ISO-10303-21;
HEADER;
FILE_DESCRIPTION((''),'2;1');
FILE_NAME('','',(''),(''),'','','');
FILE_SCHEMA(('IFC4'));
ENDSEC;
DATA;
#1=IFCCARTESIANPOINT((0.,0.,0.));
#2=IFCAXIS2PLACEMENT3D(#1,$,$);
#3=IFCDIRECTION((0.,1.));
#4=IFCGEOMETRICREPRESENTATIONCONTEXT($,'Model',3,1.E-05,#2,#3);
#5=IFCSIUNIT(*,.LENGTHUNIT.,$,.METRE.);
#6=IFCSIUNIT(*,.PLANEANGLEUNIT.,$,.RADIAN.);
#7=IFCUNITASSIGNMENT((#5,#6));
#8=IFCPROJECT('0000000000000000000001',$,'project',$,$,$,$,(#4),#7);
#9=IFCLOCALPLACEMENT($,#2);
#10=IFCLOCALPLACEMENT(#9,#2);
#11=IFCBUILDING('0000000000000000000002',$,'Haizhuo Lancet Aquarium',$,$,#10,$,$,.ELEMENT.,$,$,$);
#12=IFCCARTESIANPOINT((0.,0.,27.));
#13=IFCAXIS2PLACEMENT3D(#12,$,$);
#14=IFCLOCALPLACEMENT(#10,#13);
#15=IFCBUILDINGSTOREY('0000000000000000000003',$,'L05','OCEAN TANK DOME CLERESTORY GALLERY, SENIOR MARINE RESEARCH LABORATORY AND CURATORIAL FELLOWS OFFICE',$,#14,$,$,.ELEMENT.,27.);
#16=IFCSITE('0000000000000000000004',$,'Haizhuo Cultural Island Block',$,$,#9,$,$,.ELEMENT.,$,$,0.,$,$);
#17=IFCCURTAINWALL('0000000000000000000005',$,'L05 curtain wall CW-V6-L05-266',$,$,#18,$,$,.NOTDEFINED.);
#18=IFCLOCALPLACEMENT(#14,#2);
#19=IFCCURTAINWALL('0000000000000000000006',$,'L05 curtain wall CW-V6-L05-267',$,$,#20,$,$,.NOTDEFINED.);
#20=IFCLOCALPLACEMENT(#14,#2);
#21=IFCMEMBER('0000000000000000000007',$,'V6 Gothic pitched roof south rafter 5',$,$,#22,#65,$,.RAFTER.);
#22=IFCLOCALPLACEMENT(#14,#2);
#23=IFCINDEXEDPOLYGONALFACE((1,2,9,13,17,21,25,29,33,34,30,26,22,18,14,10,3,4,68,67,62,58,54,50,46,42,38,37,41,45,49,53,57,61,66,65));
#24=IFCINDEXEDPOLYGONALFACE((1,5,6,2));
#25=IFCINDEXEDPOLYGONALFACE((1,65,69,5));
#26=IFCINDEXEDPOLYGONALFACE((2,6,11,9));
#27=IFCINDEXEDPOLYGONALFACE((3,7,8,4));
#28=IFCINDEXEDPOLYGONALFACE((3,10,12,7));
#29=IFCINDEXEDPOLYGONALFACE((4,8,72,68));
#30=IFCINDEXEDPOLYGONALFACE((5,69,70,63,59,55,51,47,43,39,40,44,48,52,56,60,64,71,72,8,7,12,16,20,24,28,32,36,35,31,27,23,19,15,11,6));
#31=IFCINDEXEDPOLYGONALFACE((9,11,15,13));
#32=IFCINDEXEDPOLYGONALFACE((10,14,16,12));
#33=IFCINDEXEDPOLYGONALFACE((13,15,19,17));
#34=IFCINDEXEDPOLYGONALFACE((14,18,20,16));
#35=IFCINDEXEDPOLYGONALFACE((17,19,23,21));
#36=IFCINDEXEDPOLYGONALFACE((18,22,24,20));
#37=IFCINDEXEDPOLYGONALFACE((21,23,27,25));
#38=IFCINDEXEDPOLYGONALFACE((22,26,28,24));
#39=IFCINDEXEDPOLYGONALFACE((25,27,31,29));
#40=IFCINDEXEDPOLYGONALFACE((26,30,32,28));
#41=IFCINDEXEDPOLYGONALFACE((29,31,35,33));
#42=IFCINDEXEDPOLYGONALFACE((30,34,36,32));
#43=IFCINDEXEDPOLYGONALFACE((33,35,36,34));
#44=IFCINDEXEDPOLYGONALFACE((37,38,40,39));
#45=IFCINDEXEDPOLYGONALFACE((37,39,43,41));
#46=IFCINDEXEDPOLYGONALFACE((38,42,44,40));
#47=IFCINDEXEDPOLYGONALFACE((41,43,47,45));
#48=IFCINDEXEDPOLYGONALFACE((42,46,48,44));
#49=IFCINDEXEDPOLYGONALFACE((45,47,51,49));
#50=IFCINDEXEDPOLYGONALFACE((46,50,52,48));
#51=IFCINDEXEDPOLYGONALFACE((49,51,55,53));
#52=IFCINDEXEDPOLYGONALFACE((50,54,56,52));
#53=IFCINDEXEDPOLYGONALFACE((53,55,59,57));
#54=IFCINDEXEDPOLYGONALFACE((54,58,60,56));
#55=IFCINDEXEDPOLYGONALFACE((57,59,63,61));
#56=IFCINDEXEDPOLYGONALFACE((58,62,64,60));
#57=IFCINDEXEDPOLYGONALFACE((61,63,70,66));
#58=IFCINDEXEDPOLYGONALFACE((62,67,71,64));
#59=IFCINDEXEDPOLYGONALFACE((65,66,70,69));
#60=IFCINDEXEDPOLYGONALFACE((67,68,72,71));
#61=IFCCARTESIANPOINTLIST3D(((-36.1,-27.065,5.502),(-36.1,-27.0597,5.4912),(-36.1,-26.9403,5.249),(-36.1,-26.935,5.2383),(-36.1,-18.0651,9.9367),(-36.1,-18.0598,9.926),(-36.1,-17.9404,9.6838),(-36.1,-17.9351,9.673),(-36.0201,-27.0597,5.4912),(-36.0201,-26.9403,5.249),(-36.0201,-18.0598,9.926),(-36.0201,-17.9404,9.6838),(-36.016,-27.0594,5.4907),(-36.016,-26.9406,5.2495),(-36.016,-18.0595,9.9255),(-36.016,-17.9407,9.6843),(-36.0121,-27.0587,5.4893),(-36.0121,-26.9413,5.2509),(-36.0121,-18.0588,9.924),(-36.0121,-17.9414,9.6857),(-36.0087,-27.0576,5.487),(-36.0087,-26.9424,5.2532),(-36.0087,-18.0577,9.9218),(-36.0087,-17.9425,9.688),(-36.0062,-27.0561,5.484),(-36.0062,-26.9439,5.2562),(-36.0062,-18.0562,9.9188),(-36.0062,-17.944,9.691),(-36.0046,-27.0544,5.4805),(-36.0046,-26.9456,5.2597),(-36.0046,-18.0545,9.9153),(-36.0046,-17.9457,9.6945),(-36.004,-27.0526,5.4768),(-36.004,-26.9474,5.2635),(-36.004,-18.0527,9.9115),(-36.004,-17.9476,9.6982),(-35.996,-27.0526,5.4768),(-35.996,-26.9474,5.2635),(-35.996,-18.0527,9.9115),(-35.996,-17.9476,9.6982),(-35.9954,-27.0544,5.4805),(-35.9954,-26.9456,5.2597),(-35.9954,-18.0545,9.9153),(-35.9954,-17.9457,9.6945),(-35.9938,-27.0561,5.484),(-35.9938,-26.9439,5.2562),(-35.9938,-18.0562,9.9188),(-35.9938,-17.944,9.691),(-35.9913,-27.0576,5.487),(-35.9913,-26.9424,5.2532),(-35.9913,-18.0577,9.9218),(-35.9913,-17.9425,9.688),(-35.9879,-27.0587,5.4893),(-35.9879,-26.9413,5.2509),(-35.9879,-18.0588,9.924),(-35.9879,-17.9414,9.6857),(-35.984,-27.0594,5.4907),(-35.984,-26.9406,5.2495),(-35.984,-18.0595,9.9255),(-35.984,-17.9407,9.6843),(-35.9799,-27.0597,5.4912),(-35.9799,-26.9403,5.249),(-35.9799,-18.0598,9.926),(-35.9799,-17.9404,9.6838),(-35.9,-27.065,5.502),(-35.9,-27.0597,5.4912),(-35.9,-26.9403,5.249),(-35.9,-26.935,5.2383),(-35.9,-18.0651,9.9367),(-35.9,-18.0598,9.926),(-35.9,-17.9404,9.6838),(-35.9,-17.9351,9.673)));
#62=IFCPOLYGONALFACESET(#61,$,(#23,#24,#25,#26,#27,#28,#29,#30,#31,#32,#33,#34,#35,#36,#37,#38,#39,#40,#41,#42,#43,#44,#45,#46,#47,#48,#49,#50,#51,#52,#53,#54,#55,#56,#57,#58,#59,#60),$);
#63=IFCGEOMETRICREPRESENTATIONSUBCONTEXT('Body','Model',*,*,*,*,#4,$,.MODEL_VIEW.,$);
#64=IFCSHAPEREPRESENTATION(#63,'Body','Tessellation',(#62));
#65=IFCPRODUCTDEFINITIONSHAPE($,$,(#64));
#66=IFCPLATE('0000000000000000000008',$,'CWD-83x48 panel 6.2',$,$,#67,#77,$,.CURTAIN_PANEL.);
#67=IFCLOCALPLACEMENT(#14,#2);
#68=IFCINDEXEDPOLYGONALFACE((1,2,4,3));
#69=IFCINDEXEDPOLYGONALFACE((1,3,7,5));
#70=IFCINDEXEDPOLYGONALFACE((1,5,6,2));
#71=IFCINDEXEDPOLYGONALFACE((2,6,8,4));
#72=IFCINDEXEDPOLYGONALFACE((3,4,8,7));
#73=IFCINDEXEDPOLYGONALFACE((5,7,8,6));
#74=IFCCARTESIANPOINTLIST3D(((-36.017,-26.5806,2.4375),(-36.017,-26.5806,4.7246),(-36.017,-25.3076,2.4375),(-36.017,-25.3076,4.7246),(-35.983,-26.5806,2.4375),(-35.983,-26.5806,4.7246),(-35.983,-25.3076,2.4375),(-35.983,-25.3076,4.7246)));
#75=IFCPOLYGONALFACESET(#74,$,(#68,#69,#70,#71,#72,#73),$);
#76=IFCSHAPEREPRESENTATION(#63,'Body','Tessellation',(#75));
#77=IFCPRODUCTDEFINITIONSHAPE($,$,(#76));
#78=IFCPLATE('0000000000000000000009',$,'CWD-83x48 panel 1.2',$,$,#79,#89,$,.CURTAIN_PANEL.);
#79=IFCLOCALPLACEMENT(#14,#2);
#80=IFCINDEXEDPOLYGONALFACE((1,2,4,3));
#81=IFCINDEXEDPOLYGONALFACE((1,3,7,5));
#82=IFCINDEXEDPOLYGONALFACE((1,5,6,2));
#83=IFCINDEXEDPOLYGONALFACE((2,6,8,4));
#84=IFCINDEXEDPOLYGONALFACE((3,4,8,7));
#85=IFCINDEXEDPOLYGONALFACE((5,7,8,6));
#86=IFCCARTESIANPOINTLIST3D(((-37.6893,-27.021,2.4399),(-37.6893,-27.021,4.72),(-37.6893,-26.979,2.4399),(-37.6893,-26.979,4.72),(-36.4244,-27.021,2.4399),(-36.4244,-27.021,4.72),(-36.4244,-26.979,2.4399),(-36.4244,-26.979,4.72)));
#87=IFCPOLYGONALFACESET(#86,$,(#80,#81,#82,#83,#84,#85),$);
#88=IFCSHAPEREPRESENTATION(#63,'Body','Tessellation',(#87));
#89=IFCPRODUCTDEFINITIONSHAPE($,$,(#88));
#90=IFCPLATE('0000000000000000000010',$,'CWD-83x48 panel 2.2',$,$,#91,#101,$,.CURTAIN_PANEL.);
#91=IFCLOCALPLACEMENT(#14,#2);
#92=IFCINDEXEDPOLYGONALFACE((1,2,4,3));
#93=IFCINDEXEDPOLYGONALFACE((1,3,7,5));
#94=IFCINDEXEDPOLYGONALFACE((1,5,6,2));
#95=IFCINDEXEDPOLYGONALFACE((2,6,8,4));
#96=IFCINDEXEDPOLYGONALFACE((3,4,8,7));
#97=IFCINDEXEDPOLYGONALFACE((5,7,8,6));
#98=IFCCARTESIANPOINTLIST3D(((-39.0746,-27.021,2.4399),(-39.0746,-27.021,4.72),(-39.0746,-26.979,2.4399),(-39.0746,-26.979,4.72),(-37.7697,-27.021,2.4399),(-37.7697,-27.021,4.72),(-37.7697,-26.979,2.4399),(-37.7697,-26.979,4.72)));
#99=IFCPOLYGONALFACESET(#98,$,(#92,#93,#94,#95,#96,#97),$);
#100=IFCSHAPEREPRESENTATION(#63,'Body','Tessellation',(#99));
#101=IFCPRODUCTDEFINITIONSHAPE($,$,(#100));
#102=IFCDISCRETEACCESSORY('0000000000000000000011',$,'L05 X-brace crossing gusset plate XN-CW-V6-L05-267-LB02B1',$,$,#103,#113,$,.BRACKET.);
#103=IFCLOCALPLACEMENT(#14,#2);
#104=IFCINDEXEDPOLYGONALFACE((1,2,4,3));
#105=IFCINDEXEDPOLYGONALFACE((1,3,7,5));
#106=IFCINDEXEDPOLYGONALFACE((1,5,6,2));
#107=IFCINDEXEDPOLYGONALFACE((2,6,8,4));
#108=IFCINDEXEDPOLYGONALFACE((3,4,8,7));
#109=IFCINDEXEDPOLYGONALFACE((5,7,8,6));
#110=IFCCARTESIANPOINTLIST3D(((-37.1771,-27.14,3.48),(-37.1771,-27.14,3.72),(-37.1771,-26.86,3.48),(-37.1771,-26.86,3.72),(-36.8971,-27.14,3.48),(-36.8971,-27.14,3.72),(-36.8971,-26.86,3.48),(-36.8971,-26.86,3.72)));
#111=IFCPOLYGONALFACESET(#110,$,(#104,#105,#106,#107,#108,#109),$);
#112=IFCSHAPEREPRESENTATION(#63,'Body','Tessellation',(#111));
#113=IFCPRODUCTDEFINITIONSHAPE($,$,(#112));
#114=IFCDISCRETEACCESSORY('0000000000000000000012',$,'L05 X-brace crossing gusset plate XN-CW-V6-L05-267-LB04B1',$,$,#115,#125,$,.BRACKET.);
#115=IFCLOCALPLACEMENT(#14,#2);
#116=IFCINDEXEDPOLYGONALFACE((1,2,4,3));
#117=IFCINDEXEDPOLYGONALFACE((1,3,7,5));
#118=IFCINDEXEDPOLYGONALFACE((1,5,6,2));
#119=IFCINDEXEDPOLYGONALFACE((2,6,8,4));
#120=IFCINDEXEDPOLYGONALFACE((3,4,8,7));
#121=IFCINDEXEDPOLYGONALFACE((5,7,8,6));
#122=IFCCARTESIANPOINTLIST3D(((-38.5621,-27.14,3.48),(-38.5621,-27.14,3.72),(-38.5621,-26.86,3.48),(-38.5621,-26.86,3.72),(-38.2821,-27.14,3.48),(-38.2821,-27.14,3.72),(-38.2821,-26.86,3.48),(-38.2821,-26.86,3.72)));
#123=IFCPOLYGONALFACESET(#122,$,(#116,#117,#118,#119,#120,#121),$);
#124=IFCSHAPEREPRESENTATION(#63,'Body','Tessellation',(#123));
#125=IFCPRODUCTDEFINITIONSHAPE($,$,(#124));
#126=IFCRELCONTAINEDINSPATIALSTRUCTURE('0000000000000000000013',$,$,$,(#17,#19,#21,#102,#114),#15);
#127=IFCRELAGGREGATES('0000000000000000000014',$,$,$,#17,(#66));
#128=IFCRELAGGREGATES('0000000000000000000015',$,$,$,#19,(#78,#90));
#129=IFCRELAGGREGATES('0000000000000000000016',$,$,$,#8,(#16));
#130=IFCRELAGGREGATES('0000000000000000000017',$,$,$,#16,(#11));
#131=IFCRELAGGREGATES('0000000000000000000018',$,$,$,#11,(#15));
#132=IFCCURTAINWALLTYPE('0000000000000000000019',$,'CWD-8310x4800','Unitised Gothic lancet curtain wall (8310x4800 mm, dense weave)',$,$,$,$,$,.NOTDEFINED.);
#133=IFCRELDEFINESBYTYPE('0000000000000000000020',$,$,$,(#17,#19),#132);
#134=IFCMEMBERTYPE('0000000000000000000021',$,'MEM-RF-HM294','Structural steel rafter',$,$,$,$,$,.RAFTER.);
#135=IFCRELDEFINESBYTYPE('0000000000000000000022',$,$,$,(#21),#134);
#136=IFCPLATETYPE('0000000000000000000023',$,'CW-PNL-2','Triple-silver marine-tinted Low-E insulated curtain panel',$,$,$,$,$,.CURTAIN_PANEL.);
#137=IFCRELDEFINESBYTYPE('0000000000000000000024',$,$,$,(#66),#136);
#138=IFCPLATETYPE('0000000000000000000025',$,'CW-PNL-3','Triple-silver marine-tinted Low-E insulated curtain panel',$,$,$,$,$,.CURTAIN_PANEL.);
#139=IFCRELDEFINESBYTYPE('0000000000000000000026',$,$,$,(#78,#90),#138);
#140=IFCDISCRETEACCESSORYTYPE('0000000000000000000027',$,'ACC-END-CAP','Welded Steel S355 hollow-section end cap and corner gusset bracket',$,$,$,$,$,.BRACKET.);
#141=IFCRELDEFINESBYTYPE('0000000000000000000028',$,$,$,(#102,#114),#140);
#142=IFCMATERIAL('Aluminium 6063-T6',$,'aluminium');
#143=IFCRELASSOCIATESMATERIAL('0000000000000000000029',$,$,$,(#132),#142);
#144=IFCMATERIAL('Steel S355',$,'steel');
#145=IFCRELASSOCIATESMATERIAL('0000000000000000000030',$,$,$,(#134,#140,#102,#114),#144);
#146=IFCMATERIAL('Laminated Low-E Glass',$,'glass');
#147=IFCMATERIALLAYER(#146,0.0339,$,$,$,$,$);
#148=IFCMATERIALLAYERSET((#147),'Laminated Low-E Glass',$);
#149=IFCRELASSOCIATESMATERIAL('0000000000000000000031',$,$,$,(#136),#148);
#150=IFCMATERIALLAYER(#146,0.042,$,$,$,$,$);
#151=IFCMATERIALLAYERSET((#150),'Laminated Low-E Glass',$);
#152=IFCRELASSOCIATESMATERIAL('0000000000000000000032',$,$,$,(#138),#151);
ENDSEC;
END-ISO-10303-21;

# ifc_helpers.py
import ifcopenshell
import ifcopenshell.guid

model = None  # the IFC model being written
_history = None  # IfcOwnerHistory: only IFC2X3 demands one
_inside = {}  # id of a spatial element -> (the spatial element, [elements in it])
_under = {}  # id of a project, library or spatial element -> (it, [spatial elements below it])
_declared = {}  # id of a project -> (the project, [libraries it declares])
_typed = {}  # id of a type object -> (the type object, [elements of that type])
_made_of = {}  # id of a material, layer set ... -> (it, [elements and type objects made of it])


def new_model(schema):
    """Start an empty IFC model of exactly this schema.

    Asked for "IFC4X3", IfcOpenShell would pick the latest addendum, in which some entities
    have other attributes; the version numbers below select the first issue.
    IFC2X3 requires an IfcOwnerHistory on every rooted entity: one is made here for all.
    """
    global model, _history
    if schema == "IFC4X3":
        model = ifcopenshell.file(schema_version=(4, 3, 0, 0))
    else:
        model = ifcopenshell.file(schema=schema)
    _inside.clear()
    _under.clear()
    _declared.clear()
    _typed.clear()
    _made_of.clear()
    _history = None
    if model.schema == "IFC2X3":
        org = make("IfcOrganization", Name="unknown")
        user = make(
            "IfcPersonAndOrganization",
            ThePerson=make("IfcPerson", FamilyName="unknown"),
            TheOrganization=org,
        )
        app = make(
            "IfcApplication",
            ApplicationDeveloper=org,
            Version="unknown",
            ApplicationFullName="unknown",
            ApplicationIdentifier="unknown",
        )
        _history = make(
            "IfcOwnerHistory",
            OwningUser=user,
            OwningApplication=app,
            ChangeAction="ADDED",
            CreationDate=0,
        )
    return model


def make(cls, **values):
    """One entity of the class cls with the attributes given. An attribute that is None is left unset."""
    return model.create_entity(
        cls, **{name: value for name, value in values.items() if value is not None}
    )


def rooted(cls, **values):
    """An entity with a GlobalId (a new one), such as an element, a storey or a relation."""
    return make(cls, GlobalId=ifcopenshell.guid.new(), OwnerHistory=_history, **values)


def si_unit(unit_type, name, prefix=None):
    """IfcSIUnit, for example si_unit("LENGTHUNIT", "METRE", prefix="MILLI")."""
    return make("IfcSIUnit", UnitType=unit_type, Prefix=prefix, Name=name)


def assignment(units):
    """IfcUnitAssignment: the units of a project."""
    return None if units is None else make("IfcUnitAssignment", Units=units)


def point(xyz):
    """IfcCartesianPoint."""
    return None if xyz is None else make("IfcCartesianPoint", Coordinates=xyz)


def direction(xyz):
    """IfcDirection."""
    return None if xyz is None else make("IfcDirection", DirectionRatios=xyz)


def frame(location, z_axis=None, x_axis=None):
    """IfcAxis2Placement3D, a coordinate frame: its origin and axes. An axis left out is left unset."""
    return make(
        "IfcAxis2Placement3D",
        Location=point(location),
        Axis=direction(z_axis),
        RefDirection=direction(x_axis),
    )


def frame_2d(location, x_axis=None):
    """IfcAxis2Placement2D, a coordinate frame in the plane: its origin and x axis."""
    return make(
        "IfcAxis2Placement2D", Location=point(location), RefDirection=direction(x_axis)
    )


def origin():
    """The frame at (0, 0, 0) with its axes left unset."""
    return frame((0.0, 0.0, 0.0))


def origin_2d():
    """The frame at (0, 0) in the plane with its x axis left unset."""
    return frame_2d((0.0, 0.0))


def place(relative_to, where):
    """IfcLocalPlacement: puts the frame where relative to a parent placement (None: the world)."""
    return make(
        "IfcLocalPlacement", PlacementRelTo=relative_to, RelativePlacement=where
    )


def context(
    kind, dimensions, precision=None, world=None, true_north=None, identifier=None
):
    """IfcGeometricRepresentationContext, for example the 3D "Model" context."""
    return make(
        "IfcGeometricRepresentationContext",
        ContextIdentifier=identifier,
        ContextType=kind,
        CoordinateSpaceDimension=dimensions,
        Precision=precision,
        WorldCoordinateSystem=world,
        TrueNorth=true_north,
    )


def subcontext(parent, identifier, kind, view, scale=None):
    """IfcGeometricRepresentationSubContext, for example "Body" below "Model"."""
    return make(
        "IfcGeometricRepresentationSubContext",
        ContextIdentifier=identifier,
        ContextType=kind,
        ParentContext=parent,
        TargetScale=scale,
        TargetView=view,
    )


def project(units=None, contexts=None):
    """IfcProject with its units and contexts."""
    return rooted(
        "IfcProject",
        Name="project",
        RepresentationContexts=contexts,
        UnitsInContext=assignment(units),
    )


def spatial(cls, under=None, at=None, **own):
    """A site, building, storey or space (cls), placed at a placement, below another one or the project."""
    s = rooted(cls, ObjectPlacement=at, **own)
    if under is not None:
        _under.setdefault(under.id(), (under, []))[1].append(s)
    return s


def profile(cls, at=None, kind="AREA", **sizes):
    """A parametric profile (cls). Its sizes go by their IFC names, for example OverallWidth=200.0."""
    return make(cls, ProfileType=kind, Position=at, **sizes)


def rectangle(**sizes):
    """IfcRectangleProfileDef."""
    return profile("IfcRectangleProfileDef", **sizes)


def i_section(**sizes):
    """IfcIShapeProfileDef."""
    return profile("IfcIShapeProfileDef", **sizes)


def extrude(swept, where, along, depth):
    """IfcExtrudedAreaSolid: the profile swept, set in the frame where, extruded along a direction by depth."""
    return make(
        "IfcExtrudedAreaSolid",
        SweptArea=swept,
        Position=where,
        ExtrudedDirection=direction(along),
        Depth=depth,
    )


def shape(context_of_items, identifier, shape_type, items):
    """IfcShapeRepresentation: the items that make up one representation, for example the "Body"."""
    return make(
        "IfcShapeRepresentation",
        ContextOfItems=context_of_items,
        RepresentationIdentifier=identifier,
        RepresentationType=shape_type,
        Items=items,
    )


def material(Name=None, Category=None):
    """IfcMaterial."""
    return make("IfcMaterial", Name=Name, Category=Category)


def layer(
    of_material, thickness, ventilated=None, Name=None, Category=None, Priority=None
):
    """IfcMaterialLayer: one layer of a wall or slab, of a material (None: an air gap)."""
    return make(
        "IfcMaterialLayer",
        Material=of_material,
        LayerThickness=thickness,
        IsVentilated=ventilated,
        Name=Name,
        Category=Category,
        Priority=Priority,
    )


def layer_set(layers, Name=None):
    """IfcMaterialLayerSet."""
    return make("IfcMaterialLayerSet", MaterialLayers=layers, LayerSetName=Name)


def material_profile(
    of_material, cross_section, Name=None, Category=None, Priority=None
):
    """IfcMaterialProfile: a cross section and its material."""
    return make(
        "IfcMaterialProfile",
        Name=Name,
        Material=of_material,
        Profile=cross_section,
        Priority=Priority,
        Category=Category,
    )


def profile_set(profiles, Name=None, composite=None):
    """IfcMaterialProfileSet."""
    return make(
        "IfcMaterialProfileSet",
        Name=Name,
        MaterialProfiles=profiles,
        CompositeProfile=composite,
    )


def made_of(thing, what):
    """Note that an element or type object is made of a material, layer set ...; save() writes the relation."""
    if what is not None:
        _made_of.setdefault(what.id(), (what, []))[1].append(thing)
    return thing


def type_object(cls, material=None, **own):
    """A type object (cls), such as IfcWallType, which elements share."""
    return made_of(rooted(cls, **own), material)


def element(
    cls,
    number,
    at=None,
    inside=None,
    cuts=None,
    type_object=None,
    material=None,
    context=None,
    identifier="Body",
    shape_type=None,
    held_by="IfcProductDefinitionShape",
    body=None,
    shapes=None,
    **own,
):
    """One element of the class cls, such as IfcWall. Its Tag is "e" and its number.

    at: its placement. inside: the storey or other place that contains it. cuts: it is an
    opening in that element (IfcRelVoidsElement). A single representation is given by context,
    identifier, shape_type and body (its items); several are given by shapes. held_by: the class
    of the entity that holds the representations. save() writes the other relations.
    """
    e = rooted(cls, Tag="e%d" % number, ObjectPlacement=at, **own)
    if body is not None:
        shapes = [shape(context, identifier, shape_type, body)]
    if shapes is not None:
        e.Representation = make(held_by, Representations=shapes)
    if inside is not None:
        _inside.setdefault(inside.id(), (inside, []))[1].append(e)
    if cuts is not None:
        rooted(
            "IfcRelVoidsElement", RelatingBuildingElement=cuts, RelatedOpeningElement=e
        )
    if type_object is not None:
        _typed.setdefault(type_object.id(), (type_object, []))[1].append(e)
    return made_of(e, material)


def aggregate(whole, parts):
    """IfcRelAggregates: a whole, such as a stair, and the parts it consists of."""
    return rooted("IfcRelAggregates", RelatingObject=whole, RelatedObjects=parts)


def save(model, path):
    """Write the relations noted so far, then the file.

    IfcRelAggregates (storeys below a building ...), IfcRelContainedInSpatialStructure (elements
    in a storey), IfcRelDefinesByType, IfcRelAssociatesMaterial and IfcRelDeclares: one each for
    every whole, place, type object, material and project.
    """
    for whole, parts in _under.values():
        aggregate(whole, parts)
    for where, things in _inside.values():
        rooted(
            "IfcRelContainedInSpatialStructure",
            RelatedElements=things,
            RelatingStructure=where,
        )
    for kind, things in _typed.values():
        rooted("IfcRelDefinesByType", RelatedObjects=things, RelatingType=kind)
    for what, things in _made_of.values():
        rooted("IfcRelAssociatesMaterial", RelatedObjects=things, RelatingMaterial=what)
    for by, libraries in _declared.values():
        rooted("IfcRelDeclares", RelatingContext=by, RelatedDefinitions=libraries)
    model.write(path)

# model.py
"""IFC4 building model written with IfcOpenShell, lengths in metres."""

from ifc_helpers import new_model, si_unit, direction, frame, origin, origin_2d, place, context, subcontext, project, spatial, rectangle, i_section, extrude, material, layer, layer_set, material_profile, profile_set, type_object, element, aggregate, save


model = new_model("IFC4")

# Units and contexts
model_context = context("Model", 3, precision=1e-05, world=origin(), true_north=direction((0.0, 1.0)))
body_context = subcontext(model_context, "Body", "Model", "MODEL_VIEW")
ifc_project = project(units=[si_unit("LENGTHUNIT", "METRE"), si_unit("PLANEANGLEUNIT", "RADIAN")], contexts=[model_context])

# Site, building, storey
site_placement = place(None, origin())
site = spatial("IfcSite", under=ifc_project, at=site_placement, Name="Haizhuo Cultural Island Block", CompositionType="ELEMENT", RefElevation=0.0)
building_placement = place(site_placement, origin())
building = spatial("IfcBuilding", under=site, at=building_placement, Name="Haizhuo Lancet Aquarium", CompositionType="ELEMENT")
storey_placement = place(building_placement, frame((0.0, 0.0, 27.0)))
storey = spatial("IfcBuildingStorey", under=building, at=storey_placement, Name="L05", Description="OCEAN TANK DOME CLERESTORY GALLERY, SENIOR MARINE RESEARCH LABORATORY AND CURATORIAL FELLOWS OFFICE", CompositionType="ELEMENT", Elevation=27.0)

# Shared definitions
ifc_material_1 = material(Name="Steel S355", Category="steel")

# Curtain walls
ifc_material_2 = material(Name="Aluminium 6063-T6", Category="aluminium")
curtain_wall_type = type_object("IfcCurtainWallType", Name="CWD-8310x4800", Description="Unitised Gothic lancet curtain wall (8310x4800 mm, dense weave)", PredefinedType="NOTDEFINED", material=ifc_material_2)
curtain_wall_1_placement = place(storey_placement, origin())
curtain_wall_1 = element("IfcCurtainWall", 1, at=curtain_wall_1_placement, inside=storey, type_object=curtain_wall_type, Name="L05 curtain wall CW-V6-L05-266", PredefinedType="NOTDEFINED")
curtain_wall_2_placement = place(storey_placement, origin())
curtain_wall_2 = element("IfcCurtainWall", 2, at=curtain_wall_2_placement, inside=storey, type_object=curtain_wall_type, Name="L05 curtain wall CW-V6-L05-267", PredefinedType="NOTDEFINED")

# Member
ifc_material_profile_1 = material_profile(ifc_material_1, i_section(OverallWidth=0.2, OverallDepth=0.2939, WebThickness=0.0081, FlangeThickness=0.012, FilletRadius=0.0161, at=origin_2d()), Name="HM 294x200x8x12")
ifc_profile_set_1 = profile_set([ifc_material_profile_1], Name="Steel S355")
member_type_1 = type_object("IfcMemberType", Name="MEM-RF-HM294", Description="Structural steel rafter", PredefinedType="RAFTER", material=ifc_profile_set_1)
member_1_placement = place(storey_placement, frame((-36.0, -27.0, 5.3701), z_axis=(0.0, 0.897011, 0.442009), x_axis=(-1.0, 0.0, 0.0)))
element("IfcMember", 3, at=member_1_placement, inside=storey, type_object=member_type_1, Name="V6 Gothic pitched roof south rafter 5", PredefinedType="RAFTER", context=body_context, shape_type="SweptSolid", body=[
    extrude(i_section(OverallWidth=0.2, OverallDepth=0.2939, WebThickness=0.0081, FlangeThickness=0.012, FilletRadius=0.0161, at=origin_2d()), origin(), (0.0, 0.0, 1.0), 10.0332),
])

# Plates
ifc_material_3 = material(Name="Laminated Low-E Glass", Category="glass")
ifc_layer_1 = layer(ifc_material_3, 0.0339)
ifc_layer_set_1 = layer_set([ifc_layer_1], Name="Laminated Low-E Glass")
plate_type_1 = type_object("IfcPlateType", Name="CW-PNL-2", Description="Triple-silver marine-tinted Low-E insulated curtain panel", PredefinedType="CURTAIN_PANEL", material=ifc_layer_set_1)
plate_1_placement = place(storey_placement, frame((-36.0, -25.9441, 2.4375), z_axis=(0.0, 0.0, 1.0), x_axis=(0.0, -1.0, 0.0)))
plate_1 = element("IfcPlate", 4, at=plate_1_placement, type_object=plate_type_1, Name="CWD-83x48 panel 6.2", PredefinedType="CURTAIN_PANEL", context=body_context, shape_type="SweptSolid", body=[
    extrude(rectangle(XDim=1.2729, YDim=0.0339, at=origin_2d()), origin(), (0.0, 0.0, 1.0), 2.2871),
])
aggregate(curtain_wall_1, [plate_1])
ifc_layer_2 = layer(ifc_material_3, 0.042)
ifc_layer_set_2 = layer_set([ifc_layer_2], Name="Laminated Low-E Glass")
plate_type_2 = type_object("IfcPlateType", Name="CW-PNL-3", Description="Triple-silver marine-tinted Low-E insulated curtain panel", PredefinedType="CURTAIN_PANEL", material=ifc_layer_set_2)
plate_2_placement = place(storey_placement, frame((-37.0569, -27.0, 2.4399), z_axis=(0.0, 0.0, 1.0), x_axis=(-1.0, 0.0, 0.0)))
plate_2 = element("IfcPlate", 5, at=plate_2_placement, type_object=plate_type_2, Name="CWD-83x48 panel 1.2", PredefinedType="CURTAIN_PANEL", context=body_context, shape_type="SweptSolid", body=[
    extrude(rectangle(XDim=1.2649, YDim=0.042, at=origin_2d()), origin(), (0.0, 0.0, 1.0), 2.28),
])
plate_3_placement = place(storey_placement, frame((-38.4221, -27.0, 2.4399), z_axis=(0.0, 0.0, 1.0), x_axis=(-1.0, 0.0, 0.0)))
plate_3 = element("IfcPlate", 6, at=plate_3_placement, type_object=plate_type_2, Name="CWD-83x48 panel 2.2", PredefinedType="CURTAIN_PANEL", context=body_context, shape_type="SweptSolid", body=[
    extrude(rectangle(XDim=1.3049, YDim=0.042, at=origin_2d()), origin(), (0.0, 0.0, 1.0), 2.28),
])
aggregate(curtain_wall_2, [plate_2, plate_3])

# Discrete accessories
discrete_accessory_type = type_object("IfcDiscreteAccessoryType", Name="ACC-END-CAP", Description="Welded Steel S355 hollow-section end cap and corner gusset bracket", PredefinedType="BRACKET", material=ifc_material_1)
for number, where, z_axis, x_axis, name in (
    (7, (-37.0371, -27.0, 3.48), (0.0, 0.0, 1.0), (1.0, 0.0, 0.0), "L05 X-brace crossing gusset plate XN-CW-V6-L05-267-LB02B1"),
    (8, (-38.4221, -27.0, 3.48), (0.0, 0.0, 1.0), (1.0, 0.0, 0.0), "L05 X-brace crossing gusset plate XN-CW-V6-L05-267-LB04B1"),
):
    element("IfcDiscreteAccessory", number, at=place(storey_placement, frame(where, z_axis=z_axis, x_axis=x_axis)), inside=storey, type_object=discrete_accessory_type, material=ifc_material_1, Name=name, PredefinedType="BRACKET", context=body_context, shape_type="SweptSolid", body=[
        extrude(rectangle(XDim=0.28, YDim=0.28, at=origin_2d()), origin(), (0.0, 0.0, 1.0), 0.24),
    ])

save(model, "model.ifc")
